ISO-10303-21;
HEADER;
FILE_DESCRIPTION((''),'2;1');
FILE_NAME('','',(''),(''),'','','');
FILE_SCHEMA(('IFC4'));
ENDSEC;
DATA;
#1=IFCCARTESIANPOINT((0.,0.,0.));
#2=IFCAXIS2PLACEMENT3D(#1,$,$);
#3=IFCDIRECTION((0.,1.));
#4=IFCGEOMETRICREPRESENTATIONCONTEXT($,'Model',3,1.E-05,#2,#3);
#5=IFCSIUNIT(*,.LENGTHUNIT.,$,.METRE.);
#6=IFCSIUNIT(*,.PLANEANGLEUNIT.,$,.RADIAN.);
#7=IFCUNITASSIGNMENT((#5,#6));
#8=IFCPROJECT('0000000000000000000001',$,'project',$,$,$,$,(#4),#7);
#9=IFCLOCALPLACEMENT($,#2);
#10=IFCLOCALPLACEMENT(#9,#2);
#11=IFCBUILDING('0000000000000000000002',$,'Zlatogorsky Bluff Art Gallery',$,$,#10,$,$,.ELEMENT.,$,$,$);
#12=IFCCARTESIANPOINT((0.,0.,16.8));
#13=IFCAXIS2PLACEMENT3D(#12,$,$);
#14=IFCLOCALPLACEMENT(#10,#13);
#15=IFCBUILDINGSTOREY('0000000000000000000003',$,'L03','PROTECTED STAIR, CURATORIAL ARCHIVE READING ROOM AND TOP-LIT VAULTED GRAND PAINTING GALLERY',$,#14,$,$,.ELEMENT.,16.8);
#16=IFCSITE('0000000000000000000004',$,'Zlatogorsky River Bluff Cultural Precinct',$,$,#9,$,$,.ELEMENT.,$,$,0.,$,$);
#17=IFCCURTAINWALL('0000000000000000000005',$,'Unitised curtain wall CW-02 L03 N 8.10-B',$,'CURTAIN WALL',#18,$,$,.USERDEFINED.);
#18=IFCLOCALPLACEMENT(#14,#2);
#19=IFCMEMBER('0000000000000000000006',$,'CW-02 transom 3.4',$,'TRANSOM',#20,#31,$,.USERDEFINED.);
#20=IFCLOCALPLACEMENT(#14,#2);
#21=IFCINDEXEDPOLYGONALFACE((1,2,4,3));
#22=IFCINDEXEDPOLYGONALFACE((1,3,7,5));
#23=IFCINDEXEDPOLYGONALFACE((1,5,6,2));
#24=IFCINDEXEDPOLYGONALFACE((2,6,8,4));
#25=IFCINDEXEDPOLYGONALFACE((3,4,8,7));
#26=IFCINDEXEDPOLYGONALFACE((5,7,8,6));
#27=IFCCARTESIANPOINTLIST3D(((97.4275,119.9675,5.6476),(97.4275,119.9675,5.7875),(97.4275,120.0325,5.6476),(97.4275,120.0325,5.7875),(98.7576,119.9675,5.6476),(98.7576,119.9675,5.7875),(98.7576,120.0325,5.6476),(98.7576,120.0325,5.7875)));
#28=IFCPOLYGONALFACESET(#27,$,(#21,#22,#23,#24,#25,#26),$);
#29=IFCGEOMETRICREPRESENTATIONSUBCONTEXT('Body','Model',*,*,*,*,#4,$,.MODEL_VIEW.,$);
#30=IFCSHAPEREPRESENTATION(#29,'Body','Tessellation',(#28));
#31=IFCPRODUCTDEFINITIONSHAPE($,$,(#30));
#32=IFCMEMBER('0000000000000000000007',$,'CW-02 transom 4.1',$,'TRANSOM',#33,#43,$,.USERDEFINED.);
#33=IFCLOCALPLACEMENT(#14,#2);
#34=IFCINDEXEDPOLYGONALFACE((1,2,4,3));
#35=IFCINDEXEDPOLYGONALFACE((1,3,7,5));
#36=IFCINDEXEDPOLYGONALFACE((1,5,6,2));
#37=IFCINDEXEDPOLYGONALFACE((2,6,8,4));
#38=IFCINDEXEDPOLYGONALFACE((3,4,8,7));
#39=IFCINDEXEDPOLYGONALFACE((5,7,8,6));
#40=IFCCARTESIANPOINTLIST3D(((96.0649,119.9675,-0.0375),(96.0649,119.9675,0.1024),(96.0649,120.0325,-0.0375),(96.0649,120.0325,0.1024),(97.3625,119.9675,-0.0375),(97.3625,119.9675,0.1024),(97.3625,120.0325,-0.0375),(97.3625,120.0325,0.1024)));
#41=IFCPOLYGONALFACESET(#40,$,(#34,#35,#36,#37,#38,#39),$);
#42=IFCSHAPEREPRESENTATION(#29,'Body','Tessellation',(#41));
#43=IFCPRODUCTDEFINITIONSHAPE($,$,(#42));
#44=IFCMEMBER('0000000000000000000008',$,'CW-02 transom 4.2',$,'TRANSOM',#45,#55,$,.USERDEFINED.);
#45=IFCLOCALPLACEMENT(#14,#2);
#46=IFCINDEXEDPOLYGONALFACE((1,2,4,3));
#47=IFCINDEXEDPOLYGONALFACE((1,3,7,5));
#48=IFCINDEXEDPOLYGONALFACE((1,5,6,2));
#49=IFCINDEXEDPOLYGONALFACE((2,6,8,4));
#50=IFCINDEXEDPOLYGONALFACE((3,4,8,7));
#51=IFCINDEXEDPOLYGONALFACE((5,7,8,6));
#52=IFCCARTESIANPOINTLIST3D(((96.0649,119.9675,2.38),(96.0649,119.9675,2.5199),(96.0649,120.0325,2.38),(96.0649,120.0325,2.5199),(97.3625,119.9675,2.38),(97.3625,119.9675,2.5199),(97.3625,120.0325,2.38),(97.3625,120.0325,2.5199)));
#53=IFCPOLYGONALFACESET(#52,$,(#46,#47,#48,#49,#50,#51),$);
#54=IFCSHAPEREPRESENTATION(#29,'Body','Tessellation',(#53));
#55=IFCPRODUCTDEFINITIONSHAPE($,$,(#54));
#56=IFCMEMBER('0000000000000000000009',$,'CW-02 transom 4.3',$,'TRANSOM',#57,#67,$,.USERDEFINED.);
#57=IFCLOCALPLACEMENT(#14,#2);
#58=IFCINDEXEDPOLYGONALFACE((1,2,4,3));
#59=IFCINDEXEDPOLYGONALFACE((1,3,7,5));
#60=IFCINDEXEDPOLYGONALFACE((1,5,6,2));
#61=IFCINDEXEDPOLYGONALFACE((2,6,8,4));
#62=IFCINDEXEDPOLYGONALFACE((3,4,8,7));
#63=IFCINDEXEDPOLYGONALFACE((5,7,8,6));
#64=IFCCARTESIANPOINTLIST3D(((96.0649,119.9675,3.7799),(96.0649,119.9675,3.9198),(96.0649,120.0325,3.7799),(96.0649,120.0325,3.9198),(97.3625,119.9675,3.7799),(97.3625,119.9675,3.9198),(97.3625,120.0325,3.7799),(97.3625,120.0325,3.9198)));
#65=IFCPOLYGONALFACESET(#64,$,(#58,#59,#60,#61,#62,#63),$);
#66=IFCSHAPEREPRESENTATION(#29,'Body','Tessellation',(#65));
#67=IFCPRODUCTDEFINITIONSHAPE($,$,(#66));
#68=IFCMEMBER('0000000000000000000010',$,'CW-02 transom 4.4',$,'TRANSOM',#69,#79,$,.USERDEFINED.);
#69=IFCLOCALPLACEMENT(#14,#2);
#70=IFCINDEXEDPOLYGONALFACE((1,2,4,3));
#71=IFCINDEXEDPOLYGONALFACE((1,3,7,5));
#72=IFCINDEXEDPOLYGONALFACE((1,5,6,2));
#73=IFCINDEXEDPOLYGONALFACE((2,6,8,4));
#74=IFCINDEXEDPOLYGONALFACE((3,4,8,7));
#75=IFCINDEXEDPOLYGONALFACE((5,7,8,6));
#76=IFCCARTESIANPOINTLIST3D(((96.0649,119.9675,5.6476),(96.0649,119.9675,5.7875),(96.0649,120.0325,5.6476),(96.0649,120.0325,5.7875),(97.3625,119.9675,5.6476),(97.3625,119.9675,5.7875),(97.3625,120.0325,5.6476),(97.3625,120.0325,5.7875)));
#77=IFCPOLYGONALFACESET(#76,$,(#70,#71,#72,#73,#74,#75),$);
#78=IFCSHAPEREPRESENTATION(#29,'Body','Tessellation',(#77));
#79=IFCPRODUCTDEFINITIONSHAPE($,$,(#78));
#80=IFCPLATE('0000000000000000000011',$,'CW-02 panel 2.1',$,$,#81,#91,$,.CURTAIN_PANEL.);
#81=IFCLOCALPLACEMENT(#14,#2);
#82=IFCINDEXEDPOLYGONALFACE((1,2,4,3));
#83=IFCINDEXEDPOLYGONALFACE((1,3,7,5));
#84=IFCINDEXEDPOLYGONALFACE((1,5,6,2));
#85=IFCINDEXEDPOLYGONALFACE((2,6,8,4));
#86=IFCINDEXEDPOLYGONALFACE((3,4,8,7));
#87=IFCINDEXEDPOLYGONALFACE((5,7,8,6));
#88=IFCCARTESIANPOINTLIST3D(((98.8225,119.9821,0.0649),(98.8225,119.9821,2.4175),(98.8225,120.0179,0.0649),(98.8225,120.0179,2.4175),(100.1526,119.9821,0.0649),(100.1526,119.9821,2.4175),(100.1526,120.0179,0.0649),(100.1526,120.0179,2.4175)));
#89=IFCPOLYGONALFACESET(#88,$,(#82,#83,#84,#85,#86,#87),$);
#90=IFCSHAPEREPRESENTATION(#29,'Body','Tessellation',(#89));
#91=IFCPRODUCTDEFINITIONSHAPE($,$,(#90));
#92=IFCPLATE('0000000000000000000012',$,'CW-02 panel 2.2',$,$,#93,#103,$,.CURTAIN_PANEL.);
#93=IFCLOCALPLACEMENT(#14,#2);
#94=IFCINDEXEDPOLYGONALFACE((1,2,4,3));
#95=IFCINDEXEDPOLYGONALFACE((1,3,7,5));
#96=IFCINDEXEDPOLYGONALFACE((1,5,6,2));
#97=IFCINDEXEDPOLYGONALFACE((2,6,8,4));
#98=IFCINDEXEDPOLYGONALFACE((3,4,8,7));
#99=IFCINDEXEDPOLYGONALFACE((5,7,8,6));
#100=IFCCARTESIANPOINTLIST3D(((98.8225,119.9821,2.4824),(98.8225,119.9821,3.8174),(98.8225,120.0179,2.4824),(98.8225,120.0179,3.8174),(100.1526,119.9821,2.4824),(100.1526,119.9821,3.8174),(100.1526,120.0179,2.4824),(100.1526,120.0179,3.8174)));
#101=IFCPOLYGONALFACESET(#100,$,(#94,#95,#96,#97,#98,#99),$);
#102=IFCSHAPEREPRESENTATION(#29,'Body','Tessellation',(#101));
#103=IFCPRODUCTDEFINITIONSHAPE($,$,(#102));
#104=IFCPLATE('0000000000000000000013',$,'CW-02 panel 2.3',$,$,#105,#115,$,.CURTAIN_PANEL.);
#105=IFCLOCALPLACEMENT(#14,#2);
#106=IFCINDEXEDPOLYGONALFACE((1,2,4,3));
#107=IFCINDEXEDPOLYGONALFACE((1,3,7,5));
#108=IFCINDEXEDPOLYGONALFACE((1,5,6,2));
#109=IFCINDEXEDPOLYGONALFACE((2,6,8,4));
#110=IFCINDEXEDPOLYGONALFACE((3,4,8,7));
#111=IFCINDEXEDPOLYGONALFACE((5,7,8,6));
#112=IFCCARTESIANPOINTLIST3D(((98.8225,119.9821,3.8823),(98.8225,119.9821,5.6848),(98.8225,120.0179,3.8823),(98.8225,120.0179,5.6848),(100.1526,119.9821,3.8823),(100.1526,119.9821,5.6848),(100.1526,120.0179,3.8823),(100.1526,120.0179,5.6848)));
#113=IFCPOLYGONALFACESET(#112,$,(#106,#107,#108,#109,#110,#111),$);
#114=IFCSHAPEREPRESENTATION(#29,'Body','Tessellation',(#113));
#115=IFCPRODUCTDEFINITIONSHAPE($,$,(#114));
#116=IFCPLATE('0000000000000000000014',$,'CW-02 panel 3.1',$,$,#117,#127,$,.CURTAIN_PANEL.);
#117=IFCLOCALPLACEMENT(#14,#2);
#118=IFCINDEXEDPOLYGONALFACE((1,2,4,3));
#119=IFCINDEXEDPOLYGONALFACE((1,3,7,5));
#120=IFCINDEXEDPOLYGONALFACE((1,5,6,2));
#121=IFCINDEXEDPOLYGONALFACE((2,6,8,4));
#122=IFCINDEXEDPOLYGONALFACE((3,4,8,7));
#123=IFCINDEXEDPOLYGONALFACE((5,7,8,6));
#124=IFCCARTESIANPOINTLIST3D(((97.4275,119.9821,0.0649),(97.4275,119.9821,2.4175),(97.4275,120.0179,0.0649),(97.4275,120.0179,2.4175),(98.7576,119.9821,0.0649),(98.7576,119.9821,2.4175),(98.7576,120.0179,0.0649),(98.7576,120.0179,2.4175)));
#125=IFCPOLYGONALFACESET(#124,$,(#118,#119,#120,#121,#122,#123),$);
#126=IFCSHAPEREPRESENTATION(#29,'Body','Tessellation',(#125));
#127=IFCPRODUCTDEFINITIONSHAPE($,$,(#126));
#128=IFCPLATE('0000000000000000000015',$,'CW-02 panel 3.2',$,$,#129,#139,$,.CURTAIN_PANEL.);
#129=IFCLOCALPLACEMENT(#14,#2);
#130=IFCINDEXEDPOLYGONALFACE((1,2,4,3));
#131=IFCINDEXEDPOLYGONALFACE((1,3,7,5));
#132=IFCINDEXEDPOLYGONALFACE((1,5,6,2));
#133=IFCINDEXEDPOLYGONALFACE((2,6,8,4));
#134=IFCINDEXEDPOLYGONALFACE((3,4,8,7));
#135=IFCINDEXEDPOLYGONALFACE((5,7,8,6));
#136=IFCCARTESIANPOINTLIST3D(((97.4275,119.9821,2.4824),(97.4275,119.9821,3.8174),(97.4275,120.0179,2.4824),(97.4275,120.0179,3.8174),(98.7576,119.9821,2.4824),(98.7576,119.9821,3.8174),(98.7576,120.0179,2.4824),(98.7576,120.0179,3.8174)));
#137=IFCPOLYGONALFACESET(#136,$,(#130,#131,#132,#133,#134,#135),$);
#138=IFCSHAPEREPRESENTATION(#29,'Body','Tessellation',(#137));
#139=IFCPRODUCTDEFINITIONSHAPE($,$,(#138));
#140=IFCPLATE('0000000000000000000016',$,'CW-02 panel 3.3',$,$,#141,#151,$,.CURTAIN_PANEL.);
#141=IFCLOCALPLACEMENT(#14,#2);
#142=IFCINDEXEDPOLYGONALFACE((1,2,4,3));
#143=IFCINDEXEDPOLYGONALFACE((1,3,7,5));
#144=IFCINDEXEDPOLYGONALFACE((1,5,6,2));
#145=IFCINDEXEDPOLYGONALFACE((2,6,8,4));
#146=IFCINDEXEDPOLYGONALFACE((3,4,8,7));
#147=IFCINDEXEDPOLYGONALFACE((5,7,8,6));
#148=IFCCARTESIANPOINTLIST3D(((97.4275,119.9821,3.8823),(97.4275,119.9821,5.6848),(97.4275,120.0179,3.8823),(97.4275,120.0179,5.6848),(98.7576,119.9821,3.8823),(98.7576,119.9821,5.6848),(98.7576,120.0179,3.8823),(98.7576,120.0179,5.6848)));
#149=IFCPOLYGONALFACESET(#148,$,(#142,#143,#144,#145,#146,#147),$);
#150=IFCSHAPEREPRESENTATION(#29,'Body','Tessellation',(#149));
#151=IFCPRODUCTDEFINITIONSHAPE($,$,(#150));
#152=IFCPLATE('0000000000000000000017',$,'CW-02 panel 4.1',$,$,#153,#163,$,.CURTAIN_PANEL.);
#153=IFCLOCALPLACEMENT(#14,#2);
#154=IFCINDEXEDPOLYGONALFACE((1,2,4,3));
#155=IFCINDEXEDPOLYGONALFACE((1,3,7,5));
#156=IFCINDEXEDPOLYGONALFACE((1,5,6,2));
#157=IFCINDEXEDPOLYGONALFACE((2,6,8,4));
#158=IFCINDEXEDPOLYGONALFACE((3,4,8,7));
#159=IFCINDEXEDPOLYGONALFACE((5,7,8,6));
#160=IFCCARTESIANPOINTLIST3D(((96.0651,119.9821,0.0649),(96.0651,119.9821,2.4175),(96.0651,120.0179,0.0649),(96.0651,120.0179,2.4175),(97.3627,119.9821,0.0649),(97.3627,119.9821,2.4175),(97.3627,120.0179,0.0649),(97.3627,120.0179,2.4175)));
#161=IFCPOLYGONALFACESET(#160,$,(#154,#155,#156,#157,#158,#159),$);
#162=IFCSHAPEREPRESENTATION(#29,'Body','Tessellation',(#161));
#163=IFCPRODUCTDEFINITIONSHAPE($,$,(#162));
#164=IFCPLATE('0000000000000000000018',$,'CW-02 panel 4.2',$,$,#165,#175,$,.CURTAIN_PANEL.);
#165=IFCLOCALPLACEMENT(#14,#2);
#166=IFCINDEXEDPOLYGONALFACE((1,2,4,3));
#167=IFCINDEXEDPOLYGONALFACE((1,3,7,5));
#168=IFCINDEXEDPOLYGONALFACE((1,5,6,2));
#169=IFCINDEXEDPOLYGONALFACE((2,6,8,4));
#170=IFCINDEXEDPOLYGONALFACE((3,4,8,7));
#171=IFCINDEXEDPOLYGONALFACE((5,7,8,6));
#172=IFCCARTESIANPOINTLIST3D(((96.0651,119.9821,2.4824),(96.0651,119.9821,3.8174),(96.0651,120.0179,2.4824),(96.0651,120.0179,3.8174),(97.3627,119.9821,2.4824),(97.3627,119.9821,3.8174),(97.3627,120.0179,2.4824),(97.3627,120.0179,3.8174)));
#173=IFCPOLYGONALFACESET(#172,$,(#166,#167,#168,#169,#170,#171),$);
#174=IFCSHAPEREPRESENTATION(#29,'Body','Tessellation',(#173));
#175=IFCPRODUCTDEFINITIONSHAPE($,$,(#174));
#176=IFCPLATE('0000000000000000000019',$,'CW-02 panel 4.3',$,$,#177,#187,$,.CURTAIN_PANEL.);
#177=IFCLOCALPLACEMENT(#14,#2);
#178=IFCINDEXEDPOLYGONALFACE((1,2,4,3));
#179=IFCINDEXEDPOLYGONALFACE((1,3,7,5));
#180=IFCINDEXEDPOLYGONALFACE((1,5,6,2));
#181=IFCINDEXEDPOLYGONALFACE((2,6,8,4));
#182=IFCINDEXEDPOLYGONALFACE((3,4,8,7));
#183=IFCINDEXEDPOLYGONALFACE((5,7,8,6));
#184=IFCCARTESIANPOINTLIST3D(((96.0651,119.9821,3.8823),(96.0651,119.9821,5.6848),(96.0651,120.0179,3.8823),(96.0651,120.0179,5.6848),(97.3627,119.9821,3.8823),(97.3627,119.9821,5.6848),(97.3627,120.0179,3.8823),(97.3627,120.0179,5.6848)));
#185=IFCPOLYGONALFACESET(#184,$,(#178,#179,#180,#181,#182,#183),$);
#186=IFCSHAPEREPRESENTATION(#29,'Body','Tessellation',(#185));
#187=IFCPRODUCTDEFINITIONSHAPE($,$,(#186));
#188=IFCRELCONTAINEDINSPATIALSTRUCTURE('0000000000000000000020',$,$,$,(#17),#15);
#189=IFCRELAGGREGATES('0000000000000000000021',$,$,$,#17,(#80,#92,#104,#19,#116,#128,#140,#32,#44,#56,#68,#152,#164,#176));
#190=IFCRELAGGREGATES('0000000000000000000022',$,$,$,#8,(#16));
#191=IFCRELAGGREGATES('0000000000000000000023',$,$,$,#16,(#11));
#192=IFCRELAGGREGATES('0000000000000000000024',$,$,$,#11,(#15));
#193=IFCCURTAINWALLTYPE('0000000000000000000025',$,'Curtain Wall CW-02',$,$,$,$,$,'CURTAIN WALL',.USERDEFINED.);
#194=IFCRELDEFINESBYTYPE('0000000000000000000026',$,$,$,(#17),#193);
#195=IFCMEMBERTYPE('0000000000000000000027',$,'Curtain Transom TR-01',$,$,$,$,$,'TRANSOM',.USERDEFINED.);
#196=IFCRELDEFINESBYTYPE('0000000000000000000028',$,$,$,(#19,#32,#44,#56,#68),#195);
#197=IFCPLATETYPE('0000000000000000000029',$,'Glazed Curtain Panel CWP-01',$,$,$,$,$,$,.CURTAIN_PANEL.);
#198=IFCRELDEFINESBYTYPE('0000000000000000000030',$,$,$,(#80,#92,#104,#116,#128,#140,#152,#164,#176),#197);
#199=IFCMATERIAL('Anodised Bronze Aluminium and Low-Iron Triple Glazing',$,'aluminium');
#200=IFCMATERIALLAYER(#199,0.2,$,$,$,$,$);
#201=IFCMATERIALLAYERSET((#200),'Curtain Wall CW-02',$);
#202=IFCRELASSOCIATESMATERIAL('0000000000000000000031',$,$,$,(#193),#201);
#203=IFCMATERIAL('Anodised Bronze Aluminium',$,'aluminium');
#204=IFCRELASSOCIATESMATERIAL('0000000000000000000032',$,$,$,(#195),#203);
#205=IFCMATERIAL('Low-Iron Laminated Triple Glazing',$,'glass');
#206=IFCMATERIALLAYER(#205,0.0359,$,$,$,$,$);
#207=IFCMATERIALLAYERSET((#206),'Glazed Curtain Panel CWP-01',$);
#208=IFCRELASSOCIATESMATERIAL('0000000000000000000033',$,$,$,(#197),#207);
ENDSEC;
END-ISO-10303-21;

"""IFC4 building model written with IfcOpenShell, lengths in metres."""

from ifc_helpers import new_model, si_unit, direction, frame, origin, origin_2d, place, context, subcontext, project, spatial, rectangle, extrude, material, layer, layer_set, material_profile, profile_set, type_object, element, aggregate, save


model = new_model("IFC4")

# Units and contexts
model_context = context("Model", 3, precision=1e-05, world=origin(), true_north=direction((0.0, 1.0)))
body_context = subcontext(model_context, "Body", "Model", "MODEL_VIEW")
ifc_project = project(units=[si_unit("LENGTHUNIT", "METRE"), si_unit("PLANEANGLEUNIT", "RADIAN")], contexts=[model_context])

# Site, building, storey
site_placement = place(None, origin())
site = spatial("IfcSite", under=ifc_project, at=site_placement, Name="Zlatogorsky River Bluff Cultural Precinct", CompositionType="ELEMENT", RefElevation=0.0)
building_placement = place(site_placement, origin())
building = spatial("IfcBuilding", under=site, at=building_placement, Name="Zlatogorsky Bluff Art Gallery", CompositionType="ELEMENT")
storey_placement = place(building_placement, frame((0.0, 0.0, 16.8)))
storey = spatial("IfcBuildingStorey", under=building, at=storey_placement, Name="L03", Description="PROTECTED STAIR, CURATORIAL ARCHIVE READING ROOM AND TOP-LIT VAULTED GRAND PAINTING GALLERY", CompositionType="ELEMENT", Elevation=16.8)

# Curtain wall, members, plates
ifc_material_1 = material(Name="Anodised Bronze Aluminium and Low-Iron Triple Glazing", Category="aluminium")
ifc_layer_1 = layer(ifc_material_1, 0.2)
ifc_layer_set_1 = layer_set([ifc_layer_1], Name="Curtain Wall CW-02")
curtain_wall_type = type_object("IfcCurtainWallType", Name="Curtain Wall CW-02", ElementType="CURTAIN WALL", PredefinedType="USERDEFINED", material=ifc_layer_set_1)
curtain_wall_placement = place(storey_placement, origin())
curtain_wall = element("IfcCurtainWall", 1, at=curtain_wall_placement, inside=storey, type_object=curtain_wall_type, Name="Unitised curtain wall CW-02 L03 N 8.10-B", ObjectType="CURTAIN WALL", PredefinedType="USERDEFINED")
ifc_material_2 = material(Name="Anodised Bronze Aluminium", Category="aluminium")
ifc_material_profile_1 = material_profile(ifc_material_2, rectangle(XDim=0.0649, YDim=0.1399, at=origin_2d()), Name="ALU TRANSOM 65x140")
ifc_profile_set_1 = profile_set([ifc_material_profile_1], Name="Anodised Bronze Aluminium")
member_type_1 = type_object("IfcMemberType", Name="Curtain Transom TR-01", ElementType="TRANSOM", PredefinedType="USERDEFINED", material=ifc_profile_set_1)
member_1_placement = place(storey_placement, frame((98.7576, 120.0, 5.7175), z_axis=(-1.0, 0.0, 0.0), x_axis=(0.0, -1.0, 0.0)))
member_1 = element("IfcMember", 2, at=member_1_placement, type_object=member_type_1, Name="CW-02 transom 3.4", ObjectType="TRANSOM", PredefinedType="USERDEFINED", context=body_context, shape_type="SweptSolid", body=[
    extrude(rectangle(XDim=0.0649, YDim=0.1399, at=origin_2d()), origin(), (0.0, 0.0, 1.0), 1.3301),
])
member_2_placement = place(storey_placement, frame((97.3625, 120.0, 0.0325), z_axis=(-1.0, 0.0, 0.0), x_axis=(0.0, -1.0, 0.0)))
member_2 = element("IfcMember", 3, at=member_2_placement, type_object=member_type_1, Name="CW-02 transom 4.1", ObjectType="TRANSOM", PredefinedType="USERDEFINED", context=body_context, shape_type="SweptSolid", body=[
    extrude(rectangle(XDim=0.0649, YDim=0.1399, at=origin_2d()), origin(), (0.0, 0.0, 1.0), 1.2976),
])
member_3_placement = place(storey_placement, frame((97.3625, 120.0, 2.45), z_axis=(-1.0, 0.0, 0.0), x_axis=(0.0, -1.0, 0.0)))
member_3 = element("IfcMember", 4, at=member_3_placement, type_object=member_type_1, Name="CW-02 transom 4.2", ObjectType="TRANSOM", PredefinedType="USERDEFINED", context=body_context, shape_type="SweptSolid", body=[
    extrude(rectangle(XDim=0.0649, YDim=0.1399, at=origin_2d()), origin(), (0.0, 0.0, 1.0), 1.2976),
])
member_4_placement = place(storey_placement, frame((97.3625, 120.0, 3.8499), z_axis=(-1.0, 0.0, 0.0), x_axis=(0.0, -1.0, 0.0)))
member_4 = element("IfcMember", 5, at=member_4_placement, type_object=member_type_1, Name="CW-02 transom 4.3", ObjectType="TRANSOM", PredefinedType="USERDEFINED", context=body_context, shape_type="SweptSolid", body=[
    extrude(rectangle(XDim=0.0649, YDim=0.1399, at=origin_2d()), origin(), (0.0, 0.0, 1.0), 1.2976),
])
member_5_placement = place(storey_placement, frame((97.3625, 120.0, 5.7175), z_axis=(-1.0, 0.0, 0.0), x_axis=(0.0, -1.0, 0.0)))
member_5 = element("IfcMember", 6, at=member_5_placement, type_object=member_type_1, Name="CW-02 transom 4.4", ObjectType="TRANSOM", PredefinedType="USERDEFINED", context=body_context, shape_type="SweptSolid", body=[
    extrude(rectangle(XDim=0.0649, YDim=0.1399, at=origin_2d()), origin(), (0.0, 0.0, 1.0), 1.2976),
])
ifc_material_3 = material(Name="Low-Iron Laminated Triple Glazing", Category="glass")
ifc_layer_2 = layer(ifc_material_3, 0.0359)
ifc_layer_set_2 = layer_set([ifc_layer_2], Name="Glazed Curtain Panel CWP-01")
plate_type = type_object("IfcPlateType", Name="Glazed Curtain Panel CWP-01", PredefinedType="CURTAIN_PANEL", material=ifc_layer_set_2)
plate_1_placement = place(storey_placement, frame((99.4875, 120.0, 0.0649), z_axis=(0.0, 0.0, 1.0), x_axis=(-1.0, 0.0, 0.0)))
plate_1 = element("IfcPlate", 7, at=plate_1_placement, type_object=plate_type, Name="CW-02 panel 2.1", PredefinedType="CURTAIN_PANEL", context=body_context, shape_type="SweptSolid", body=[
    extrude(rectangle(XDim=1.3301, YDim=0.0359, at=origin_2d()), origin(), (0.0, 0.0, 1.0), 2.3525),
])
plate_2_placement = place(storey_placement, frame((99.4875, 120.0, 2.4824), z_axis=(0.0, 0.0, 1.0), x_axis=(-1.0, 0.0, 0.0)))
plate_2 = element("IfcPlate", 8, at=plate_2_placement, type_object=plate_type, Name="CW-02 panel 2.2", PredefinedType="CURTAIN_PANEL", context=body_context, shape_type="SweptSolid", body=[
    extrude(rectangle(XDim=1.3301, YDim=0.0359, at=origin_2d()), origin(), (0.0, 0.0, 1.0), 1.335),
])
plate_3_placement = place(storey_placement, frame((99.4875, 120.0, 3.8823), z_axis=(0.0, 0.0, 1.0), x_axis=(-1.0, 0.0, 0.0)))
plate_3 = element("IfcPlate", 9, at=plate_3_placement, type_object=plate_type, Name="CW-02 panel 2.3", PredefinedType="CURTAIN_PANEL", context=body_context, shape_type="SweptSolid", body=[
    extrude(rectangle(XDim=1.3301, YDim=0.0359, at=origin_2d()), origin(), (0.0, 0.0, 1.0), 1.8025),
])
plate_4_placement = place(storey_placement, frame((98.0925, 120.0, 0.0649), z_axis=(0.0, 0.0, 1.0), x_axis=(-1.0, 0.0, 0.0)))
plate_4 = element("IfcPlate", 10, at=plate_4_placement, type_object=plate_type, Name="CW-02 panel 3.1", PredefinedType="CURTAIN_PANEL", context=body_context, shape_type="SweptSolid", body=[
    extrude(rectangle(XDim=1.3301, YDim=0.0359, at=origin_2d()), origin(), (0.0, 0.0, 1.0), 2.3525),
])
plate_5_placement = place(storey_placement, frame((98.0925, 120.0, 2.4824), z_axis=(0.0, 0.0, 1.0), x_axis=(-1.0, 0.0, 0.0)))
plate_5 = element("IfcPlate", 11, at=plate_5_placement, type_object=plate_type, Name="CW-02 panel 3.2", PredefinedType="CURTAIN_PANEL", context=body_context, shape_type="SweptSolid", body=[
    extrude(rectangle(XDim=1.3301, YDim=0.0359, at=origin_2d()), origin(), (0.0, 0.0, 1.0), 1.335),
])
plate_6_placement = place(storey_placement, frame((98.0925, 120.0, 3.8823), z_axis=(0.0, 0.0, 1.0), x_axis=(-1.0, 0.0, 0.0)))
plate_6 = element("IfcPlate", 12, at=plate_6_placement, type_object=plate_type, Name="CW-02 panel 3.3", PredefinedType="CURTAIN_PANEL", context=body_context, shape_type="SweptSolid", body=[
    extrude(rectangle(XDim=1.3301, YDim=0.0359, at=origin_2d()), origin(), (0.0, 0.0, 1.0), 1.8025),
])
plate_7_placement = place(storey_placement, frame((96.7139, 120.0, 0.0649), z_axis=(0.0, 0.0, 1.0), x_axis=(-1.0, 0.0, 0.0)))
plate_7 = element("IfcPlate", 13, at=plate_7_placement, type_object=plate_type, Name="CW-02 panel 4.1", PredefinedType="CURTAIN_PANEL", context=body_context, shape_type="SweptSolid", body=[
    extrude(rectangle(XDim=1.2976, YDim=0.0359, at=origin_2d()), origin(), (0.0, 0.0, 1.0), 2.3525),
])
plate_8_placement = place(storey_placement, frame((96.7139, 120.0, 2.4824), z_axis=(0.0, 0.0, 1.0), x_axis=(-1.0, 0.0, 0.0)))
plate_8 = element("IfcPlate", 14, at=plate_8_placement, type_object=plate_type, Name="CW-02 panel 4.2", PredefinedType="CURTAIN_PANEL", context=body_context, shape_type="SweptSolid", body=[
    extrude(rectangle(XDim=1.2976, YDim=0.0359, at=origin_2d()), origin(), (0.0, 0.0, 1.0), 1.335),
])
plate_9_placement = place(storey_placement, frame((96.7139, 120.0, 3.8823), z_axis=(0.0, 0.0, 1.0), x_axis=(-1.0, 0.0, 0.0)))
plate_9 = element("IfcPlate", 15, at=plate_9_placement, type_object=plate_type, Name="CW-02 panel 4.3", PredefinedType="CURTAIN_PANEL", context=body_context, shape_type="SweptSolid", body=[
    extrude(rectangle(XDim=1.2976, YDim=0.0359, at=origin_2d()), origin(), (0.0, 0.0, 1.0), 1.8025),
])
aggregate(curtain_wall, [plate_1, plate_2, plate_3, member_1, plate_4, plate_5, plate_6, member_2, member_3, member_4, member_5, plate_7, plate_8, plate_9])

save(model, "model.ifc")
